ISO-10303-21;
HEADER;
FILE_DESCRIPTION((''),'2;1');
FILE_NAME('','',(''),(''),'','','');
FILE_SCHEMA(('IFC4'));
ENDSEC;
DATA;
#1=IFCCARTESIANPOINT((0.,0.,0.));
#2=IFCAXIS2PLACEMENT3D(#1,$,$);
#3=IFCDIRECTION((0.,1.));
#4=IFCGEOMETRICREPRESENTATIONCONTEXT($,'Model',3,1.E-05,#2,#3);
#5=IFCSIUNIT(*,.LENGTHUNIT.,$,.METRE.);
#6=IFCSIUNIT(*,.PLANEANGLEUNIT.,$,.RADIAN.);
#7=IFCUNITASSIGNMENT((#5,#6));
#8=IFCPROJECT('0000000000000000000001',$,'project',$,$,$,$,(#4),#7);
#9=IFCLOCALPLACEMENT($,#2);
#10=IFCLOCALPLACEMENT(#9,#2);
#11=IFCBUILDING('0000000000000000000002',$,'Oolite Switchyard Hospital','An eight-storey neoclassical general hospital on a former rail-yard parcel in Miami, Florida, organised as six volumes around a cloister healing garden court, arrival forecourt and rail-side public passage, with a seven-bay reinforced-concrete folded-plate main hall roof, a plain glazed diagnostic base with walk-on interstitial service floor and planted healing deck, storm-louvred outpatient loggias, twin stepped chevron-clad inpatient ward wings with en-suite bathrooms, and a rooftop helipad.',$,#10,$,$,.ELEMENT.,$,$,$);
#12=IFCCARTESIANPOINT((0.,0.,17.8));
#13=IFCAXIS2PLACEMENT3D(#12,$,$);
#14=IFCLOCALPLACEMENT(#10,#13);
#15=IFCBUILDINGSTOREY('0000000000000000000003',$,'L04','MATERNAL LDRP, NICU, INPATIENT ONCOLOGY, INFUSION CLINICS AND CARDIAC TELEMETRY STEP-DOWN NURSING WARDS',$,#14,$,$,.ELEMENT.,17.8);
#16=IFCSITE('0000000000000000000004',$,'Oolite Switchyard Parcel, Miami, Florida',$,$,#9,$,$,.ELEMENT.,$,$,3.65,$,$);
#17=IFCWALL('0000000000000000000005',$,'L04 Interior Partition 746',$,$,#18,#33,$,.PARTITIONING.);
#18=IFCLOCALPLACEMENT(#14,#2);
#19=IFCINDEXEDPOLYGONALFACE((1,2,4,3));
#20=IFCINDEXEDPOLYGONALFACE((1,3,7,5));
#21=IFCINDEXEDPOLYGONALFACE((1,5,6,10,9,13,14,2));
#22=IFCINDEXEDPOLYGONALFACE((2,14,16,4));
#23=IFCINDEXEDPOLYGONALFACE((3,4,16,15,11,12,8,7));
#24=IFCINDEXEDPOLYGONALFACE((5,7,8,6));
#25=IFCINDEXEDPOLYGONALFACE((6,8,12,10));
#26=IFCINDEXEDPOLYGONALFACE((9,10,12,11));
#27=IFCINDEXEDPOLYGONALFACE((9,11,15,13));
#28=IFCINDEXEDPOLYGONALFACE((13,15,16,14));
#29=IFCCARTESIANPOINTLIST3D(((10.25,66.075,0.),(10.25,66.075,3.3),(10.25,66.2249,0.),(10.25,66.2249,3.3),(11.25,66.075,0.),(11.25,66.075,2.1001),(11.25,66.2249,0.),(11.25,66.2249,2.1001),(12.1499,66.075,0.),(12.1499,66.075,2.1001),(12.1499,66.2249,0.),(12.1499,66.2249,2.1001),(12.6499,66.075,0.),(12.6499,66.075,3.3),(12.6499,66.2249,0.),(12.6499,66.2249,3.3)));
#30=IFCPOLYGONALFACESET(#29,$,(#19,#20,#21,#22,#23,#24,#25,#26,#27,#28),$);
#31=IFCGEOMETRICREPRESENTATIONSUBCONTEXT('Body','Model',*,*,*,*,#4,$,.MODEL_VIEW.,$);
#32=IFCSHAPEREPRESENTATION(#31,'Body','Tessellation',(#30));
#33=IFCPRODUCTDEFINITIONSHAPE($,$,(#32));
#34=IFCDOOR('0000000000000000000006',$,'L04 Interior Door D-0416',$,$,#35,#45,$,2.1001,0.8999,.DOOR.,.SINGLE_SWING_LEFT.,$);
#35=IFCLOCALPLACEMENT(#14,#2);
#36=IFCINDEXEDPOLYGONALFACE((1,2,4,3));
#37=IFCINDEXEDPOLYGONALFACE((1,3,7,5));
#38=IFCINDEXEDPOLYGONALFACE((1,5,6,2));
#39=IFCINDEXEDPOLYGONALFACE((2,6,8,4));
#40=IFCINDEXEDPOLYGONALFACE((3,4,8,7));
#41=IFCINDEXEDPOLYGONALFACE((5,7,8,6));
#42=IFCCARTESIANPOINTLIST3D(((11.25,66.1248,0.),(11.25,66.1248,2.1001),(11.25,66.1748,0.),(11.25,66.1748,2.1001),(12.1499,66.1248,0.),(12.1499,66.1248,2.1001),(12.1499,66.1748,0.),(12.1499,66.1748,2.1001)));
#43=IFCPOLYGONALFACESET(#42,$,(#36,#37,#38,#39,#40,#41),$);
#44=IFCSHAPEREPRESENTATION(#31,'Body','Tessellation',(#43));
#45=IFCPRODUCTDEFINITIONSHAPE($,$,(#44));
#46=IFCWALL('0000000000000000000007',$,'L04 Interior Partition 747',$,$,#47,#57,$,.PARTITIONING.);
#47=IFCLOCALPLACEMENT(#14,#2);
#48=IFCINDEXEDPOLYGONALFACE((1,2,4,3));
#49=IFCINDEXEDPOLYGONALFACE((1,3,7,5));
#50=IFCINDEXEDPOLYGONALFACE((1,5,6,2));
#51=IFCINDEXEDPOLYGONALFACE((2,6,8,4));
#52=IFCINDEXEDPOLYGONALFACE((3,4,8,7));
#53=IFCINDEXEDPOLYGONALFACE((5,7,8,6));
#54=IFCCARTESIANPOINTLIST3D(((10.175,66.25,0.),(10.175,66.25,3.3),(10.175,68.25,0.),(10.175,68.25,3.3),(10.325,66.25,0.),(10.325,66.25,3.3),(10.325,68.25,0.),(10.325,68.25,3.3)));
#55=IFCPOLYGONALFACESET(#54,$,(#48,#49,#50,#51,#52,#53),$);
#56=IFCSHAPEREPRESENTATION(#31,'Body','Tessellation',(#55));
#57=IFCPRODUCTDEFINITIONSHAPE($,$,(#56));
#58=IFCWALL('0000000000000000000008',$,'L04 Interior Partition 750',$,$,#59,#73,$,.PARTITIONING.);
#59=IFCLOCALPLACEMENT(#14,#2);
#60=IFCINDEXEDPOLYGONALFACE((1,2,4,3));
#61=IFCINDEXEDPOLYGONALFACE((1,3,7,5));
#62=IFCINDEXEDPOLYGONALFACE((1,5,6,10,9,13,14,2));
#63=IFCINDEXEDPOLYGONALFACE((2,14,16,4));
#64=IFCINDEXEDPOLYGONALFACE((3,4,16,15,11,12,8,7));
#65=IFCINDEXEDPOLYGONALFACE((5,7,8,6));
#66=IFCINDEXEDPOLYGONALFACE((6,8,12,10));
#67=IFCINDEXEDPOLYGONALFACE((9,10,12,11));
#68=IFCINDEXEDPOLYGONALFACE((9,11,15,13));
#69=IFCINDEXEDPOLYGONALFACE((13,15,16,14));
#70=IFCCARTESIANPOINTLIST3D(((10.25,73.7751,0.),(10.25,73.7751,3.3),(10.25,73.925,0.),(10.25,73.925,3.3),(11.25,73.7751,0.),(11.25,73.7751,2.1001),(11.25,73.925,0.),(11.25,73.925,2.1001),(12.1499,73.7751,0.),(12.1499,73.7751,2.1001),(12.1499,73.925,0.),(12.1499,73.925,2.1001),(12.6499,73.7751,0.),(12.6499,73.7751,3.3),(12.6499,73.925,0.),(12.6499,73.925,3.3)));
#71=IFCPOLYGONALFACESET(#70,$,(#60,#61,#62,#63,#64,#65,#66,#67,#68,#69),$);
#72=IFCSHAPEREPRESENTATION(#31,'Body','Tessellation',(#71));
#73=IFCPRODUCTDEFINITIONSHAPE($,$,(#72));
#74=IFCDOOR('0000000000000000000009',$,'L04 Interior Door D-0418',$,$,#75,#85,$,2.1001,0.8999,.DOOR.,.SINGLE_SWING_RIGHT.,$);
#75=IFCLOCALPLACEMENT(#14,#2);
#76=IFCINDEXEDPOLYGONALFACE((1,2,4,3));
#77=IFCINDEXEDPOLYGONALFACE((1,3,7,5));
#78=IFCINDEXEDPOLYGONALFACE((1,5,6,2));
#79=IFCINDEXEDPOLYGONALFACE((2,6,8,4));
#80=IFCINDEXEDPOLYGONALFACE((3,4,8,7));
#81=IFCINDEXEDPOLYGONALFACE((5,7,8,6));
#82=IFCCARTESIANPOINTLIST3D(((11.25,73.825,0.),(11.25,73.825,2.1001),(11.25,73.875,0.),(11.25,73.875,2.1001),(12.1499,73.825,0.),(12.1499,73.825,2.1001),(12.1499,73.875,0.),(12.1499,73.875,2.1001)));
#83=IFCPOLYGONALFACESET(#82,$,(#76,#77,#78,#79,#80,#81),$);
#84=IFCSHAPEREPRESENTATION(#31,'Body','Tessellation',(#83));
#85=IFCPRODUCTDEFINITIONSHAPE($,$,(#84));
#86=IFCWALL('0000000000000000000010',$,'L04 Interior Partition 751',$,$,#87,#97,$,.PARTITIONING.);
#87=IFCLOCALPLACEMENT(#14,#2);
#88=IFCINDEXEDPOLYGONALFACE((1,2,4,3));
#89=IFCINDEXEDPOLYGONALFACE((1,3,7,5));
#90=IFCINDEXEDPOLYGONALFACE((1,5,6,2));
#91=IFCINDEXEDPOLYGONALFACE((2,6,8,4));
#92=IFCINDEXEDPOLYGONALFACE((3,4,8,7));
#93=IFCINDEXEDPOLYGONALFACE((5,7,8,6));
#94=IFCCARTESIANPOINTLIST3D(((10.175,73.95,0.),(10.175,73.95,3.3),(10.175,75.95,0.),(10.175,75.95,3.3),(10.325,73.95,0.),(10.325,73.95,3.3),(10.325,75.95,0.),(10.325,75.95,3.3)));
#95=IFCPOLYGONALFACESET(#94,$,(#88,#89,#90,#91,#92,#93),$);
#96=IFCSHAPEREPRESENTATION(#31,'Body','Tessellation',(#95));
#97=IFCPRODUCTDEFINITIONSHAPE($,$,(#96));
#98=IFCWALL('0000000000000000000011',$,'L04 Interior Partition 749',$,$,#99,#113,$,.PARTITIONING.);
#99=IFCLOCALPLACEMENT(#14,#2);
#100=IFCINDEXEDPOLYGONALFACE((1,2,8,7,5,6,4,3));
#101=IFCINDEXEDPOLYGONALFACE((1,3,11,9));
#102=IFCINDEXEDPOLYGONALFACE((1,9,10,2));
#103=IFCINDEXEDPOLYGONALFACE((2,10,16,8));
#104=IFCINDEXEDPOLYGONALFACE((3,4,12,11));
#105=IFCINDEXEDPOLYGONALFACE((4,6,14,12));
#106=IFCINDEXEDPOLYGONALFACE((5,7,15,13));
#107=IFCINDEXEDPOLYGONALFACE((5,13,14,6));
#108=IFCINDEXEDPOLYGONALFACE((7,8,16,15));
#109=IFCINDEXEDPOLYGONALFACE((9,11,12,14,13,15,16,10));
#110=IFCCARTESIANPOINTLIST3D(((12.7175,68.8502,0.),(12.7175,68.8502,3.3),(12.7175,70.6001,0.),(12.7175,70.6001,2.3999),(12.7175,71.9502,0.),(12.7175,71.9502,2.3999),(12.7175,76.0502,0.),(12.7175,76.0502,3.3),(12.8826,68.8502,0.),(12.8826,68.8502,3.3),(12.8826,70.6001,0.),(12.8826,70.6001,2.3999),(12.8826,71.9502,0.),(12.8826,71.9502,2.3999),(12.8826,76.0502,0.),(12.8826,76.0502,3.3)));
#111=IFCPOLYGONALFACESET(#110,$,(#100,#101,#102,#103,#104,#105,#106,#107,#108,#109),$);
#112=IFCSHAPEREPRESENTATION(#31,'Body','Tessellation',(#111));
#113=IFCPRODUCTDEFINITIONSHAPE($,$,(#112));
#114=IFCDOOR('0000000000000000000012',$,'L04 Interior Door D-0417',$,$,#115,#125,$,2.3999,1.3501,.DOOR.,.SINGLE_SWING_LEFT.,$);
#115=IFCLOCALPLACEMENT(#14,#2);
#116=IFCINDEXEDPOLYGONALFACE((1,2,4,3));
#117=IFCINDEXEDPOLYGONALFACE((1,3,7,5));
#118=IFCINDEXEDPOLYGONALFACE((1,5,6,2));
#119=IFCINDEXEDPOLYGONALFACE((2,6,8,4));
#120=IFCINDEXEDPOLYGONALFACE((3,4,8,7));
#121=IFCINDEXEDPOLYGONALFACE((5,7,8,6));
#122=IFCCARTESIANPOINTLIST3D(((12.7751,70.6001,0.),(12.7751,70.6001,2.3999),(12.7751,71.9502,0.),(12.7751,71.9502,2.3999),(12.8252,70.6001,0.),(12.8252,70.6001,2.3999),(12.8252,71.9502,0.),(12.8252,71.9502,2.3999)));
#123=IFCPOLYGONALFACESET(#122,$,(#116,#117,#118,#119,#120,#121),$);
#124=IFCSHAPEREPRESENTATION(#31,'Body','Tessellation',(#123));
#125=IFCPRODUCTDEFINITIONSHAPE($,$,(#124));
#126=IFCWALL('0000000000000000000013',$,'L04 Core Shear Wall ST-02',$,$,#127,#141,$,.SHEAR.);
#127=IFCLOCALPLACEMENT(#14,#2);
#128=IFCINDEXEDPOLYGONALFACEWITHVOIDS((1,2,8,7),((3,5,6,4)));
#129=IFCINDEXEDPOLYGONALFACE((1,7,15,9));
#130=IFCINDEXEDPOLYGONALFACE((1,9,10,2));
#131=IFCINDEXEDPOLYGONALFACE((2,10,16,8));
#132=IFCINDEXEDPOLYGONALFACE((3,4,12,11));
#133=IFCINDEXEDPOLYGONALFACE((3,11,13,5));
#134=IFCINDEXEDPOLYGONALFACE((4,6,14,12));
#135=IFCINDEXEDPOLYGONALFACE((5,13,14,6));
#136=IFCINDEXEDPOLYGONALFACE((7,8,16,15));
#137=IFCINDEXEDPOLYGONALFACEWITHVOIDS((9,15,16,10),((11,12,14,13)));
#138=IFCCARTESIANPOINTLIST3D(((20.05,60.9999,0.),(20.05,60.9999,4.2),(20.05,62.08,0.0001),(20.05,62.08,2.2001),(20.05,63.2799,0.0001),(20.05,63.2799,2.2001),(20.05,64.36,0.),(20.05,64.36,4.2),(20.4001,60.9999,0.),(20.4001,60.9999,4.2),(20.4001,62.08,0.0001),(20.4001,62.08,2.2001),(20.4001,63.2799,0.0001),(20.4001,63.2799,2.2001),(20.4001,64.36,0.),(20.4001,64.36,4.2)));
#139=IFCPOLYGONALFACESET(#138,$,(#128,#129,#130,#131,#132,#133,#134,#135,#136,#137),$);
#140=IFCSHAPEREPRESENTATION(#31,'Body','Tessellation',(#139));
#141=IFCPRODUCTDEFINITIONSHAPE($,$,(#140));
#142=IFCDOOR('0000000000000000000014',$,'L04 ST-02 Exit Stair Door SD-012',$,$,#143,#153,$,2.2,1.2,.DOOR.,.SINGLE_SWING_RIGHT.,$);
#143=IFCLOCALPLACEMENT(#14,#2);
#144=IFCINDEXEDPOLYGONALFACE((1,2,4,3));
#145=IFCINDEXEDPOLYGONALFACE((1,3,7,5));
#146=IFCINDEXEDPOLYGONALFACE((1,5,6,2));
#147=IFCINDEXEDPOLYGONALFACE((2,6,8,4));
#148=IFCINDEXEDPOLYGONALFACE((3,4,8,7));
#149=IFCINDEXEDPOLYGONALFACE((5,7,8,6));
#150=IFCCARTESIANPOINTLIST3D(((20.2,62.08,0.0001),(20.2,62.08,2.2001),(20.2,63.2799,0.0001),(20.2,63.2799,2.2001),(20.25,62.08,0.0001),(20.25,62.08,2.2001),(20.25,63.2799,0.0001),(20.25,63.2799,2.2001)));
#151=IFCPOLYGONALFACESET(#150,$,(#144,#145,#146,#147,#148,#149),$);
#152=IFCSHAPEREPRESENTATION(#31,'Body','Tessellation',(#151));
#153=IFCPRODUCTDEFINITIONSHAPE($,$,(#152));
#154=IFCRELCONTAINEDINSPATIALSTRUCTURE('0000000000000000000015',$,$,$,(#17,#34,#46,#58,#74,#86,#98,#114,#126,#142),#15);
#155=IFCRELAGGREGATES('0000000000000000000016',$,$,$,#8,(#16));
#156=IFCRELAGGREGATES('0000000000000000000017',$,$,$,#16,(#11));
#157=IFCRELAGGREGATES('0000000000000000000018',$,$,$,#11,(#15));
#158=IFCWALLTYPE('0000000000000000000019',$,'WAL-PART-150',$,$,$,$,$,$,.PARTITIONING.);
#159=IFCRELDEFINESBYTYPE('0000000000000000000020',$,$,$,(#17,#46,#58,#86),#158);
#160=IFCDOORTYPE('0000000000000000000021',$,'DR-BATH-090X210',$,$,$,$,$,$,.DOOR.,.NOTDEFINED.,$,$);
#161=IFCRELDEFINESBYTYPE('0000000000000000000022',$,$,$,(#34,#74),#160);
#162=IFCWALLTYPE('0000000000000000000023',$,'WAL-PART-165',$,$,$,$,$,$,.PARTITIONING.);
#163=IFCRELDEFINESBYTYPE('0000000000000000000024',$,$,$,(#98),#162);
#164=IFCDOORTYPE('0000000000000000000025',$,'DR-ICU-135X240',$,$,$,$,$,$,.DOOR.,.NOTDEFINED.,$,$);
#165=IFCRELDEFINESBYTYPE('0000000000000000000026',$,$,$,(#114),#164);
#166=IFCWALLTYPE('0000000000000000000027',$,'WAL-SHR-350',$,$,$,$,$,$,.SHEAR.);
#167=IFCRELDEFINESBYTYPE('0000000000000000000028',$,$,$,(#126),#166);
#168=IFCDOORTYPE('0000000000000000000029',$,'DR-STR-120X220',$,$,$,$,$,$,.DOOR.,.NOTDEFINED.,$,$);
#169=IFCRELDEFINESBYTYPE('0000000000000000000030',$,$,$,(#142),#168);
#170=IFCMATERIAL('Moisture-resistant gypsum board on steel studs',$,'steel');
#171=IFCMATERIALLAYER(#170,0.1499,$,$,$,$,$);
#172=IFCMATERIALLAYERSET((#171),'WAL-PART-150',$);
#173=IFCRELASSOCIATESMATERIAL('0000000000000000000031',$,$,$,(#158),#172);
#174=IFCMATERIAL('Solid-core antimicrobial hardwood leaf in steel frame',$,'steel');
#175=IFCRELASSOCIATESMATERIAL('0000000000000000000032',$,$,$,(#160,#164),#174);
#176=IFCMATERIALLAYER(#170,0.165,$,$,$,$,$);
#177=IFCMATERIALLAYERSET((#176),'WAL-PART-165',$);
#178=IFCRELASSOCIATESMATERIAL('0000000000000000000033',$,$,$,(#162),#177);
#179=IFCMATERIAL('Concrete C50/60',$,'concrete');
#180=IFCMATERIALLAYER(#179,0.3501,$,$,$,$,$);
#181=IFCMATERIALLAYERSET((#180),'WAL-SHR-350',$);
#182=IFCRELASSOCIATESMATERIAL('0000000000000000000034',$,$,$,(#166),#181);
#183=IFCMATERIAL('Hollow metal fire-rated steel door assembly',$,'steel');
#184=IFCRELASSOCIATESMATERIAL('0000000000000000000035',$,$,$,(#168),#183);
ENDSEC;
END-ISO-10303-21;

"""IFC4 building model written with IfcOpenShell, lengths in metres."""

from ifc_helpers import new_model, si_unit, direction, frame, frame_2d, origin, place, context, subcontext, project, spatial, rectangle, extrude, material, layer, layer_set, type_object, element, fill, save


model = new_model("IFC4")

# Units and contexts
model_context = context("Model", 3, precision=1e-05, world=origin(), true_north=direction((0.0, 1.0)))
body_context = subcontext(model_context, "Body", "Model", "MODEL_VIEW")
ifc_project = project(units=[si_unit("LENGTHUNIT", "METRE"), si_unit("PLANEANGLEUNIT", "RADIAN")], contexts=[model_context])

# Site, building, storey
site_placement = place(None, origin())
site = spatial("IfcSite", under=ifc_project, at=site_placement, Name="Oolite Switchyard Parcel, Miami, Florida", CompositionType="ELEMENT", RefElevation=3.65)
building_placement = place(site_placement, origin())
building = spatial("IfcBuilding", under=site, at=building_placement, Name="Oolite Switchyard Hospital", Description="An eight-storey neoclassical general hospital on a former rail-yard parcel in Miami, Florida, organised as six volumes around a cloister healing garden court, arrival forecourt and rail-side public passage, with a seven-bay reinforced-concrete folded-plate main hall roof, a plain glazed diagnostic base with walk-on interstitial service floor and planted healing deck, storm-louvred outpatient loggias, twin stepped chevron-clad inpatient ward wings with en-suite bathrooms, and a rooftop helipad.", CompositionType="ELEMENT")
storey_placement = place(building_placement, frame((0.0, 0.0, 17.8)))
storey = spatial("IfcBuildingStorey", under=building, at=storey_placement, Name="L04", Description="MATERNAL LDRP, NICU, INPATIENT ONCOLOGY, INFUSION CLINICS AND CARDIAC TELEMETRY STEP-DOWN NURSING WARDS", CompositionType="ELEMENT", Elevation=17.8)

# Shared definitions
ifc_material_1 = material(Name="Concrete C50/60", Category="concrete")

# Shared definitions
ifc_material_2 = material(Name="Moisture-resistant gypsum board on steel studs", Category="steel")

# Wall, opening, door
ifc_layer_1 = layer(ifc_material_2, 0.1499)
ifc_layer_set_1 = layer_set([ifc_layer_1], Name="WAL-PART-150")
wall_type_1 = type_object("IfcWallType", Name="WAL-PART-150", PredefinedType="PARTITIONING", material=ifc_layer_set_1)
wall_1_placement = place(storey_placement, frame((10.25, 66.1499, 0.0), z_axis=(0.0, 0.0, 1.0), x_axis=(1.0, 0.0, 0.0)))
wall_1 = element("IfcWall", 1, at=wall_1_placement, inside=storey, type_object=wall_type_1, Name="L04 Interior Partition 746", PredefinedType="PARTITIONING", context=body_context, shape_type="SweptSolid", body=[
    extrude(rectangle(XDim=2.3999, YDim=0.1499, at=frame_2d((1.2, 0.0))), origin(), (0.0, 0.0, 1.0), 3.3),
])
opening_1_placement = place(wall_1_placement, frame((1.0, 0.0, 0.0)))
opening_1 = element("IfcOpeningElement", 2, at=opening_1_placement, cuts=wall_1, PredefinedType="OPENING", context=body_context, shape_type="SweptSolid", body=[
    extrude(rectangle(XDim=0.8999, YDim=2.1001, at=frame_2d((0.45, 1.05))), frame((0.0, 0.085, 0.0), z_axis=(0.0, -1.0, 0.0), x_axis=(1.0, 0.0, 0.0)), (0.0, 0.0, 1.0), 0.1699),
])
ifc_material_3 = material(Name="Solid-core antimicrobial hardwood leaf in steel frame", Category="steel")
door_type_1 = type_object("IfcDoorType", Name="DR-BATH-090X210", OperationType="NOTDEFINED", PredefinedType="DOOR", material=ifc_material_3)
door_1_placement = place(opening_1_placement, origin())
door_1 = element("IfcDoor", 3, at=door_1_placement, inside=storey, type_object=door_type_1, Name="L04 Interior Door D-0416", OperationType="SINGLE_SWING_LEFT", OverallHeight=2.1001, OverallWidth=0.8999, PredefinedType="DOOR", context=body_context, shape_type="SweptSolid", body=[
    extrude(rectangle(XDim=0.8999, YDim=2.1001, at=frame_2d((0.45, 1.05))), frame((0.0, 0.0249, 0.0), z_axis=(0.0, -1.0, 0.0), x_axis=(1.0, 0.0, 0.0)), (0.0, 0.0, 1.0), 0.05),
])
fill(opening_1, door_1)

# Wall
wall_2_placement = place(storey_placement, frame((10.25, 66.25, 0.0), z_axis=(0.0, 0.0, 1.0), x_axis=(0.0, 1.0, 0.0)))
element("IfcWall", 4, at=wall_2_placement, inside=storey, type_object=wall_type_1, Name="L04 Interior Partition 747", PredefinedType="PARTITIONING", context=body_context, shape_type="SweptSolid", body=[
    extrude(rectangle(XDim=2.0, YDim=0.1499, at=frame_2d((1.0, 0.0))), origin(), (0.0, 0.0, 1.0), 3.3),
])

# Wall, opening, door
wall_3_placement = place(storey_placement, frame((10.25, 73.8501, 0.0), z_axis=(0.0, 0.0, 1.0), x_axis=(1.0, 0.0, 0.0)))
wall_3 = element("IfcWall", 5, at=wall_3_placement, inside=storey, type_object=wall_type_1, Name="L04 Interior Partition 750", PredefinedType="PARTITIONING", context=body_context, shape_type="SweptSolid", body=[
    extrude(rectangle(XDim=2.3999, YDim=0.1499, at=frame_2d((1.2, 0.0))), origin(), (0.0, 0.0, 1.0), 3.3),
])
opening_2_placement = place(wall_3_placement, frame((1.0, 0.0, 0.0)))
opening_2 = element("IfcOpeningElement", 6, at=opening_2_placement, cuts=wall_3, PredefinedType="OPENING", context=body_context, shape_type="SweptSolid", body=[
    extrude(rectangle(XDim=0.8999, YDim=2.1001, at=frame_2d((0.45, 1.05))), frame((0.0, 0.085, 0.0), z_axis=(0.0, -1.0, 0.0), x_axis=(1.0, 0.0, 0.0)), (0.0, 0.0, 1.0), 0.1699),
])
door_2_placement = place(opening_2_placement, origin())
door_2 = element("IfcDoor", 7, at=door_2_placement, inside=storey, type_object=door_type_1, Name="L04 Interior Door D-0418", OperationType="SINGLE_SWING_RIGHT", OverallHeight=2.1001, OverallWidth=0.8999, PredefinedType="DOOR", context=body_context, shape_type="SweptSolid", body=[
    extrude(rectangle(XDim=0.8999, YDim=2.1001, at=frame_2d((0.45, 1.05))), frame((0.0, 0.0249, 0.0), z_axis=(0.0, -1.0, 0.0), x_axis=(1.0, 0.0, 0.0)), (0.0, 0.0, 1.0), 0.05),
])
fill(opening_2, door_2)

# Wall
wall_4_placement = place(storey_placement, frame((10.25, 73.95, 0.0), z_axis=(0.0, 0.0, 1.0), x_axis=(0.0, 1.0, 0.0)))
element("IfcWall", 8, at=wall_4_placement, inside=storey, type_object=wall_type_1, Name="L04 Interior Partition 751", PredefinedType="PARTITIONING", context=body_context, shape_type="SweptSolid", body=[
    extrude(rectangle(XDim=2.0, YDim=0.1499, at=frame_2d((1.0, 0.0))), origin(), (0.0, 0.0, 1.0), 3.3),
])

# Walls, openings, doors
ifc_layer_2 = layer(ifc_material_2, 0.165)
ifc_layer_set_2 = layer_set([ifc_layer_2], Name="WAL-PART-165")
wall_type_2 = type_object("IfcWallType", Name="WAL-PART-165", PredefinedType="PARTITIONING", material=ifc_layer_set_2)
wall_5_placement = place(storey_placement, frame((12.8, 68.8501, 0.0), z_axis=(0.0, 0.0, 1.0), x_axis=(0.0, 1.0, 0.0)))
wall_5 = element("IfcWall", 9, at=wall_5_placement, inside=storey, type_object=wall_type_2, Name="L04 Interior Partition 749", PredefinedType="PARTITIONING", context=body_context, shape_type="SweptSolid", body=[
    extrude(rectangle(XDim=7.2, YDim=0.165, at=frame_2d((3.6001, 0.0))), origin(), (0.0, 0.0, 1.0), 3.3),
])
opening_3_placement = place(wall_5_placement, frame((1.75, 0.0, 0.0)))
opening_3 = element("IfcOpeningElement", 10, at=opening_3_placement, cuts=wall_5, PredefinedType="OPENING", context=body_context, shape_type="SweptSolid", body=[
    extrude(rectangle(XDim=1.3501, YDim=2.3999, at=frame_2d((0.675, 1.2))), frame((0.0, 0.0925, 0.0), z_axis=(0.0, -1.0, 0.0), x_axis=(1.0, 0.0, 0.0)), (0.0, 0.0, 1.0), 0.1851),
])
door_type_2 = type_object("IfcDoorType", Name="DR-ICU-135X240", OperationType="NOTDEFINED", PredefinedType="DOOR", material=ifc_material_3)
door_3_placement = place(opening_3_placement, origin())
door_3 = element("IfcDoor", 11, at=door_3_placement, inside=storey, type_object=door_type_2, Name="L04 Interior Door D-0417", OperationType="SINGLE_SWING_LEFT", OverallHeight=2.3999, OverallWidth=1.3501, PredefinedType="DOOR", context=body_context, shape_type="SweptSolid", body=[
    extrude(rectangle(XDim=1.3501, YDim=2.3999, at=frame_2d((0.675, 1.2))), frame((0.0, 0.0249, 0.0), z_axis=(0.0, -1.0, 0.0), x_axis=(1.0, 0.0, 0.0)), (0.0, 0.0, 1.0), 0.05),
])
fill(opening_3, door_3)
ifc_material_4 = material(Name="Hollow metal fire-rated steel door assembly", Category="steel")
ifc_layer_3 = layer(ifc_material_1, 0.3501)
ifc_layer_set_3 = layer_set([ifc_layer_3], Name="WAL-SHR-350")
wall_type_3 = type_object("IfcWallType", Name="WAL-SHR-350", PredefinedType="SHEAR", material=ifc_layer_set_3)
wall_6_placement = place(storey_placement, frame((20.2251, 64.3601, 0.0), z_axis=(0.0, 0.0, 1.0), x_axis=(0.0, -1.0, 0.0)))
wall_6 = element("IfcWall", 12, at=wall_6_placement, inside=storey, type_object=wall_type_3, Name="L04 Core Shear Wall ST-02", PredefinedType="SHEAR", context=body_context, shape_type="SweptSolid", body=[
    extrude(rectangle(XDim=3.3601, YDim=0.3501, at=frame_2d((1.6802, 0.0))), origin(), (0.0, 0.0, 1.0), 4.2),
])
opening_4_placement = place(wall_6_placement, frame((1.0801, 0.0, 0.0)))
opening_4 = element("IfcOpeningElement", 13, at=opening_4_placement, cuts=wall_6, PredefinedType="OPENING", context=body_context, shape_type="SweptSolid", body=[
    extrude(rectangle(XDim=1.2, YDim=2.2, at=frame_2d((0.6001, 1.1001))), frame((0.0, 0.1851, 0.0), z_axis=(0.0, -1.0, 0.0), x_axis=(1.0, 0.0, 0.0)), (0.0, 0.0, 1.0), 0.3701),
])
door_type_3 = type_object("IfcDoorType", Name="DR-STR-120X220", OperationType="NOTDEFINED", PredefinedType="DOOR", material=ifc_material_4)
door_4_placement = place(opening_4_placement, origin())
door_4 = element("IfcDoor", 14, at=door_4_placement, inside=storey, type_object=door_type_3, Name="L04 ST-02 Exit Stair Door SD-012", OperationType="SINGLE_SWING_RIGHT", OverallHeight=2.2, OverallWidth=1.2, PredefinedType="DOOR", context=body_context, shape_type="SweptSolid", body=[
    extrude(rectangle(XDim=1.2, YDim=2.2, at=frame_2d((0.6001, 1.1001))), frame((0.0, 0.0249, 0.0), z_axis=(0.0, -1.0, 0.0), x_axis=(1.0, 0.0, 0.0)), (0.0, 0.0, 1.0), 0.05),
])
fill(opening_4, door_4)

save(model, "model.ifc")
